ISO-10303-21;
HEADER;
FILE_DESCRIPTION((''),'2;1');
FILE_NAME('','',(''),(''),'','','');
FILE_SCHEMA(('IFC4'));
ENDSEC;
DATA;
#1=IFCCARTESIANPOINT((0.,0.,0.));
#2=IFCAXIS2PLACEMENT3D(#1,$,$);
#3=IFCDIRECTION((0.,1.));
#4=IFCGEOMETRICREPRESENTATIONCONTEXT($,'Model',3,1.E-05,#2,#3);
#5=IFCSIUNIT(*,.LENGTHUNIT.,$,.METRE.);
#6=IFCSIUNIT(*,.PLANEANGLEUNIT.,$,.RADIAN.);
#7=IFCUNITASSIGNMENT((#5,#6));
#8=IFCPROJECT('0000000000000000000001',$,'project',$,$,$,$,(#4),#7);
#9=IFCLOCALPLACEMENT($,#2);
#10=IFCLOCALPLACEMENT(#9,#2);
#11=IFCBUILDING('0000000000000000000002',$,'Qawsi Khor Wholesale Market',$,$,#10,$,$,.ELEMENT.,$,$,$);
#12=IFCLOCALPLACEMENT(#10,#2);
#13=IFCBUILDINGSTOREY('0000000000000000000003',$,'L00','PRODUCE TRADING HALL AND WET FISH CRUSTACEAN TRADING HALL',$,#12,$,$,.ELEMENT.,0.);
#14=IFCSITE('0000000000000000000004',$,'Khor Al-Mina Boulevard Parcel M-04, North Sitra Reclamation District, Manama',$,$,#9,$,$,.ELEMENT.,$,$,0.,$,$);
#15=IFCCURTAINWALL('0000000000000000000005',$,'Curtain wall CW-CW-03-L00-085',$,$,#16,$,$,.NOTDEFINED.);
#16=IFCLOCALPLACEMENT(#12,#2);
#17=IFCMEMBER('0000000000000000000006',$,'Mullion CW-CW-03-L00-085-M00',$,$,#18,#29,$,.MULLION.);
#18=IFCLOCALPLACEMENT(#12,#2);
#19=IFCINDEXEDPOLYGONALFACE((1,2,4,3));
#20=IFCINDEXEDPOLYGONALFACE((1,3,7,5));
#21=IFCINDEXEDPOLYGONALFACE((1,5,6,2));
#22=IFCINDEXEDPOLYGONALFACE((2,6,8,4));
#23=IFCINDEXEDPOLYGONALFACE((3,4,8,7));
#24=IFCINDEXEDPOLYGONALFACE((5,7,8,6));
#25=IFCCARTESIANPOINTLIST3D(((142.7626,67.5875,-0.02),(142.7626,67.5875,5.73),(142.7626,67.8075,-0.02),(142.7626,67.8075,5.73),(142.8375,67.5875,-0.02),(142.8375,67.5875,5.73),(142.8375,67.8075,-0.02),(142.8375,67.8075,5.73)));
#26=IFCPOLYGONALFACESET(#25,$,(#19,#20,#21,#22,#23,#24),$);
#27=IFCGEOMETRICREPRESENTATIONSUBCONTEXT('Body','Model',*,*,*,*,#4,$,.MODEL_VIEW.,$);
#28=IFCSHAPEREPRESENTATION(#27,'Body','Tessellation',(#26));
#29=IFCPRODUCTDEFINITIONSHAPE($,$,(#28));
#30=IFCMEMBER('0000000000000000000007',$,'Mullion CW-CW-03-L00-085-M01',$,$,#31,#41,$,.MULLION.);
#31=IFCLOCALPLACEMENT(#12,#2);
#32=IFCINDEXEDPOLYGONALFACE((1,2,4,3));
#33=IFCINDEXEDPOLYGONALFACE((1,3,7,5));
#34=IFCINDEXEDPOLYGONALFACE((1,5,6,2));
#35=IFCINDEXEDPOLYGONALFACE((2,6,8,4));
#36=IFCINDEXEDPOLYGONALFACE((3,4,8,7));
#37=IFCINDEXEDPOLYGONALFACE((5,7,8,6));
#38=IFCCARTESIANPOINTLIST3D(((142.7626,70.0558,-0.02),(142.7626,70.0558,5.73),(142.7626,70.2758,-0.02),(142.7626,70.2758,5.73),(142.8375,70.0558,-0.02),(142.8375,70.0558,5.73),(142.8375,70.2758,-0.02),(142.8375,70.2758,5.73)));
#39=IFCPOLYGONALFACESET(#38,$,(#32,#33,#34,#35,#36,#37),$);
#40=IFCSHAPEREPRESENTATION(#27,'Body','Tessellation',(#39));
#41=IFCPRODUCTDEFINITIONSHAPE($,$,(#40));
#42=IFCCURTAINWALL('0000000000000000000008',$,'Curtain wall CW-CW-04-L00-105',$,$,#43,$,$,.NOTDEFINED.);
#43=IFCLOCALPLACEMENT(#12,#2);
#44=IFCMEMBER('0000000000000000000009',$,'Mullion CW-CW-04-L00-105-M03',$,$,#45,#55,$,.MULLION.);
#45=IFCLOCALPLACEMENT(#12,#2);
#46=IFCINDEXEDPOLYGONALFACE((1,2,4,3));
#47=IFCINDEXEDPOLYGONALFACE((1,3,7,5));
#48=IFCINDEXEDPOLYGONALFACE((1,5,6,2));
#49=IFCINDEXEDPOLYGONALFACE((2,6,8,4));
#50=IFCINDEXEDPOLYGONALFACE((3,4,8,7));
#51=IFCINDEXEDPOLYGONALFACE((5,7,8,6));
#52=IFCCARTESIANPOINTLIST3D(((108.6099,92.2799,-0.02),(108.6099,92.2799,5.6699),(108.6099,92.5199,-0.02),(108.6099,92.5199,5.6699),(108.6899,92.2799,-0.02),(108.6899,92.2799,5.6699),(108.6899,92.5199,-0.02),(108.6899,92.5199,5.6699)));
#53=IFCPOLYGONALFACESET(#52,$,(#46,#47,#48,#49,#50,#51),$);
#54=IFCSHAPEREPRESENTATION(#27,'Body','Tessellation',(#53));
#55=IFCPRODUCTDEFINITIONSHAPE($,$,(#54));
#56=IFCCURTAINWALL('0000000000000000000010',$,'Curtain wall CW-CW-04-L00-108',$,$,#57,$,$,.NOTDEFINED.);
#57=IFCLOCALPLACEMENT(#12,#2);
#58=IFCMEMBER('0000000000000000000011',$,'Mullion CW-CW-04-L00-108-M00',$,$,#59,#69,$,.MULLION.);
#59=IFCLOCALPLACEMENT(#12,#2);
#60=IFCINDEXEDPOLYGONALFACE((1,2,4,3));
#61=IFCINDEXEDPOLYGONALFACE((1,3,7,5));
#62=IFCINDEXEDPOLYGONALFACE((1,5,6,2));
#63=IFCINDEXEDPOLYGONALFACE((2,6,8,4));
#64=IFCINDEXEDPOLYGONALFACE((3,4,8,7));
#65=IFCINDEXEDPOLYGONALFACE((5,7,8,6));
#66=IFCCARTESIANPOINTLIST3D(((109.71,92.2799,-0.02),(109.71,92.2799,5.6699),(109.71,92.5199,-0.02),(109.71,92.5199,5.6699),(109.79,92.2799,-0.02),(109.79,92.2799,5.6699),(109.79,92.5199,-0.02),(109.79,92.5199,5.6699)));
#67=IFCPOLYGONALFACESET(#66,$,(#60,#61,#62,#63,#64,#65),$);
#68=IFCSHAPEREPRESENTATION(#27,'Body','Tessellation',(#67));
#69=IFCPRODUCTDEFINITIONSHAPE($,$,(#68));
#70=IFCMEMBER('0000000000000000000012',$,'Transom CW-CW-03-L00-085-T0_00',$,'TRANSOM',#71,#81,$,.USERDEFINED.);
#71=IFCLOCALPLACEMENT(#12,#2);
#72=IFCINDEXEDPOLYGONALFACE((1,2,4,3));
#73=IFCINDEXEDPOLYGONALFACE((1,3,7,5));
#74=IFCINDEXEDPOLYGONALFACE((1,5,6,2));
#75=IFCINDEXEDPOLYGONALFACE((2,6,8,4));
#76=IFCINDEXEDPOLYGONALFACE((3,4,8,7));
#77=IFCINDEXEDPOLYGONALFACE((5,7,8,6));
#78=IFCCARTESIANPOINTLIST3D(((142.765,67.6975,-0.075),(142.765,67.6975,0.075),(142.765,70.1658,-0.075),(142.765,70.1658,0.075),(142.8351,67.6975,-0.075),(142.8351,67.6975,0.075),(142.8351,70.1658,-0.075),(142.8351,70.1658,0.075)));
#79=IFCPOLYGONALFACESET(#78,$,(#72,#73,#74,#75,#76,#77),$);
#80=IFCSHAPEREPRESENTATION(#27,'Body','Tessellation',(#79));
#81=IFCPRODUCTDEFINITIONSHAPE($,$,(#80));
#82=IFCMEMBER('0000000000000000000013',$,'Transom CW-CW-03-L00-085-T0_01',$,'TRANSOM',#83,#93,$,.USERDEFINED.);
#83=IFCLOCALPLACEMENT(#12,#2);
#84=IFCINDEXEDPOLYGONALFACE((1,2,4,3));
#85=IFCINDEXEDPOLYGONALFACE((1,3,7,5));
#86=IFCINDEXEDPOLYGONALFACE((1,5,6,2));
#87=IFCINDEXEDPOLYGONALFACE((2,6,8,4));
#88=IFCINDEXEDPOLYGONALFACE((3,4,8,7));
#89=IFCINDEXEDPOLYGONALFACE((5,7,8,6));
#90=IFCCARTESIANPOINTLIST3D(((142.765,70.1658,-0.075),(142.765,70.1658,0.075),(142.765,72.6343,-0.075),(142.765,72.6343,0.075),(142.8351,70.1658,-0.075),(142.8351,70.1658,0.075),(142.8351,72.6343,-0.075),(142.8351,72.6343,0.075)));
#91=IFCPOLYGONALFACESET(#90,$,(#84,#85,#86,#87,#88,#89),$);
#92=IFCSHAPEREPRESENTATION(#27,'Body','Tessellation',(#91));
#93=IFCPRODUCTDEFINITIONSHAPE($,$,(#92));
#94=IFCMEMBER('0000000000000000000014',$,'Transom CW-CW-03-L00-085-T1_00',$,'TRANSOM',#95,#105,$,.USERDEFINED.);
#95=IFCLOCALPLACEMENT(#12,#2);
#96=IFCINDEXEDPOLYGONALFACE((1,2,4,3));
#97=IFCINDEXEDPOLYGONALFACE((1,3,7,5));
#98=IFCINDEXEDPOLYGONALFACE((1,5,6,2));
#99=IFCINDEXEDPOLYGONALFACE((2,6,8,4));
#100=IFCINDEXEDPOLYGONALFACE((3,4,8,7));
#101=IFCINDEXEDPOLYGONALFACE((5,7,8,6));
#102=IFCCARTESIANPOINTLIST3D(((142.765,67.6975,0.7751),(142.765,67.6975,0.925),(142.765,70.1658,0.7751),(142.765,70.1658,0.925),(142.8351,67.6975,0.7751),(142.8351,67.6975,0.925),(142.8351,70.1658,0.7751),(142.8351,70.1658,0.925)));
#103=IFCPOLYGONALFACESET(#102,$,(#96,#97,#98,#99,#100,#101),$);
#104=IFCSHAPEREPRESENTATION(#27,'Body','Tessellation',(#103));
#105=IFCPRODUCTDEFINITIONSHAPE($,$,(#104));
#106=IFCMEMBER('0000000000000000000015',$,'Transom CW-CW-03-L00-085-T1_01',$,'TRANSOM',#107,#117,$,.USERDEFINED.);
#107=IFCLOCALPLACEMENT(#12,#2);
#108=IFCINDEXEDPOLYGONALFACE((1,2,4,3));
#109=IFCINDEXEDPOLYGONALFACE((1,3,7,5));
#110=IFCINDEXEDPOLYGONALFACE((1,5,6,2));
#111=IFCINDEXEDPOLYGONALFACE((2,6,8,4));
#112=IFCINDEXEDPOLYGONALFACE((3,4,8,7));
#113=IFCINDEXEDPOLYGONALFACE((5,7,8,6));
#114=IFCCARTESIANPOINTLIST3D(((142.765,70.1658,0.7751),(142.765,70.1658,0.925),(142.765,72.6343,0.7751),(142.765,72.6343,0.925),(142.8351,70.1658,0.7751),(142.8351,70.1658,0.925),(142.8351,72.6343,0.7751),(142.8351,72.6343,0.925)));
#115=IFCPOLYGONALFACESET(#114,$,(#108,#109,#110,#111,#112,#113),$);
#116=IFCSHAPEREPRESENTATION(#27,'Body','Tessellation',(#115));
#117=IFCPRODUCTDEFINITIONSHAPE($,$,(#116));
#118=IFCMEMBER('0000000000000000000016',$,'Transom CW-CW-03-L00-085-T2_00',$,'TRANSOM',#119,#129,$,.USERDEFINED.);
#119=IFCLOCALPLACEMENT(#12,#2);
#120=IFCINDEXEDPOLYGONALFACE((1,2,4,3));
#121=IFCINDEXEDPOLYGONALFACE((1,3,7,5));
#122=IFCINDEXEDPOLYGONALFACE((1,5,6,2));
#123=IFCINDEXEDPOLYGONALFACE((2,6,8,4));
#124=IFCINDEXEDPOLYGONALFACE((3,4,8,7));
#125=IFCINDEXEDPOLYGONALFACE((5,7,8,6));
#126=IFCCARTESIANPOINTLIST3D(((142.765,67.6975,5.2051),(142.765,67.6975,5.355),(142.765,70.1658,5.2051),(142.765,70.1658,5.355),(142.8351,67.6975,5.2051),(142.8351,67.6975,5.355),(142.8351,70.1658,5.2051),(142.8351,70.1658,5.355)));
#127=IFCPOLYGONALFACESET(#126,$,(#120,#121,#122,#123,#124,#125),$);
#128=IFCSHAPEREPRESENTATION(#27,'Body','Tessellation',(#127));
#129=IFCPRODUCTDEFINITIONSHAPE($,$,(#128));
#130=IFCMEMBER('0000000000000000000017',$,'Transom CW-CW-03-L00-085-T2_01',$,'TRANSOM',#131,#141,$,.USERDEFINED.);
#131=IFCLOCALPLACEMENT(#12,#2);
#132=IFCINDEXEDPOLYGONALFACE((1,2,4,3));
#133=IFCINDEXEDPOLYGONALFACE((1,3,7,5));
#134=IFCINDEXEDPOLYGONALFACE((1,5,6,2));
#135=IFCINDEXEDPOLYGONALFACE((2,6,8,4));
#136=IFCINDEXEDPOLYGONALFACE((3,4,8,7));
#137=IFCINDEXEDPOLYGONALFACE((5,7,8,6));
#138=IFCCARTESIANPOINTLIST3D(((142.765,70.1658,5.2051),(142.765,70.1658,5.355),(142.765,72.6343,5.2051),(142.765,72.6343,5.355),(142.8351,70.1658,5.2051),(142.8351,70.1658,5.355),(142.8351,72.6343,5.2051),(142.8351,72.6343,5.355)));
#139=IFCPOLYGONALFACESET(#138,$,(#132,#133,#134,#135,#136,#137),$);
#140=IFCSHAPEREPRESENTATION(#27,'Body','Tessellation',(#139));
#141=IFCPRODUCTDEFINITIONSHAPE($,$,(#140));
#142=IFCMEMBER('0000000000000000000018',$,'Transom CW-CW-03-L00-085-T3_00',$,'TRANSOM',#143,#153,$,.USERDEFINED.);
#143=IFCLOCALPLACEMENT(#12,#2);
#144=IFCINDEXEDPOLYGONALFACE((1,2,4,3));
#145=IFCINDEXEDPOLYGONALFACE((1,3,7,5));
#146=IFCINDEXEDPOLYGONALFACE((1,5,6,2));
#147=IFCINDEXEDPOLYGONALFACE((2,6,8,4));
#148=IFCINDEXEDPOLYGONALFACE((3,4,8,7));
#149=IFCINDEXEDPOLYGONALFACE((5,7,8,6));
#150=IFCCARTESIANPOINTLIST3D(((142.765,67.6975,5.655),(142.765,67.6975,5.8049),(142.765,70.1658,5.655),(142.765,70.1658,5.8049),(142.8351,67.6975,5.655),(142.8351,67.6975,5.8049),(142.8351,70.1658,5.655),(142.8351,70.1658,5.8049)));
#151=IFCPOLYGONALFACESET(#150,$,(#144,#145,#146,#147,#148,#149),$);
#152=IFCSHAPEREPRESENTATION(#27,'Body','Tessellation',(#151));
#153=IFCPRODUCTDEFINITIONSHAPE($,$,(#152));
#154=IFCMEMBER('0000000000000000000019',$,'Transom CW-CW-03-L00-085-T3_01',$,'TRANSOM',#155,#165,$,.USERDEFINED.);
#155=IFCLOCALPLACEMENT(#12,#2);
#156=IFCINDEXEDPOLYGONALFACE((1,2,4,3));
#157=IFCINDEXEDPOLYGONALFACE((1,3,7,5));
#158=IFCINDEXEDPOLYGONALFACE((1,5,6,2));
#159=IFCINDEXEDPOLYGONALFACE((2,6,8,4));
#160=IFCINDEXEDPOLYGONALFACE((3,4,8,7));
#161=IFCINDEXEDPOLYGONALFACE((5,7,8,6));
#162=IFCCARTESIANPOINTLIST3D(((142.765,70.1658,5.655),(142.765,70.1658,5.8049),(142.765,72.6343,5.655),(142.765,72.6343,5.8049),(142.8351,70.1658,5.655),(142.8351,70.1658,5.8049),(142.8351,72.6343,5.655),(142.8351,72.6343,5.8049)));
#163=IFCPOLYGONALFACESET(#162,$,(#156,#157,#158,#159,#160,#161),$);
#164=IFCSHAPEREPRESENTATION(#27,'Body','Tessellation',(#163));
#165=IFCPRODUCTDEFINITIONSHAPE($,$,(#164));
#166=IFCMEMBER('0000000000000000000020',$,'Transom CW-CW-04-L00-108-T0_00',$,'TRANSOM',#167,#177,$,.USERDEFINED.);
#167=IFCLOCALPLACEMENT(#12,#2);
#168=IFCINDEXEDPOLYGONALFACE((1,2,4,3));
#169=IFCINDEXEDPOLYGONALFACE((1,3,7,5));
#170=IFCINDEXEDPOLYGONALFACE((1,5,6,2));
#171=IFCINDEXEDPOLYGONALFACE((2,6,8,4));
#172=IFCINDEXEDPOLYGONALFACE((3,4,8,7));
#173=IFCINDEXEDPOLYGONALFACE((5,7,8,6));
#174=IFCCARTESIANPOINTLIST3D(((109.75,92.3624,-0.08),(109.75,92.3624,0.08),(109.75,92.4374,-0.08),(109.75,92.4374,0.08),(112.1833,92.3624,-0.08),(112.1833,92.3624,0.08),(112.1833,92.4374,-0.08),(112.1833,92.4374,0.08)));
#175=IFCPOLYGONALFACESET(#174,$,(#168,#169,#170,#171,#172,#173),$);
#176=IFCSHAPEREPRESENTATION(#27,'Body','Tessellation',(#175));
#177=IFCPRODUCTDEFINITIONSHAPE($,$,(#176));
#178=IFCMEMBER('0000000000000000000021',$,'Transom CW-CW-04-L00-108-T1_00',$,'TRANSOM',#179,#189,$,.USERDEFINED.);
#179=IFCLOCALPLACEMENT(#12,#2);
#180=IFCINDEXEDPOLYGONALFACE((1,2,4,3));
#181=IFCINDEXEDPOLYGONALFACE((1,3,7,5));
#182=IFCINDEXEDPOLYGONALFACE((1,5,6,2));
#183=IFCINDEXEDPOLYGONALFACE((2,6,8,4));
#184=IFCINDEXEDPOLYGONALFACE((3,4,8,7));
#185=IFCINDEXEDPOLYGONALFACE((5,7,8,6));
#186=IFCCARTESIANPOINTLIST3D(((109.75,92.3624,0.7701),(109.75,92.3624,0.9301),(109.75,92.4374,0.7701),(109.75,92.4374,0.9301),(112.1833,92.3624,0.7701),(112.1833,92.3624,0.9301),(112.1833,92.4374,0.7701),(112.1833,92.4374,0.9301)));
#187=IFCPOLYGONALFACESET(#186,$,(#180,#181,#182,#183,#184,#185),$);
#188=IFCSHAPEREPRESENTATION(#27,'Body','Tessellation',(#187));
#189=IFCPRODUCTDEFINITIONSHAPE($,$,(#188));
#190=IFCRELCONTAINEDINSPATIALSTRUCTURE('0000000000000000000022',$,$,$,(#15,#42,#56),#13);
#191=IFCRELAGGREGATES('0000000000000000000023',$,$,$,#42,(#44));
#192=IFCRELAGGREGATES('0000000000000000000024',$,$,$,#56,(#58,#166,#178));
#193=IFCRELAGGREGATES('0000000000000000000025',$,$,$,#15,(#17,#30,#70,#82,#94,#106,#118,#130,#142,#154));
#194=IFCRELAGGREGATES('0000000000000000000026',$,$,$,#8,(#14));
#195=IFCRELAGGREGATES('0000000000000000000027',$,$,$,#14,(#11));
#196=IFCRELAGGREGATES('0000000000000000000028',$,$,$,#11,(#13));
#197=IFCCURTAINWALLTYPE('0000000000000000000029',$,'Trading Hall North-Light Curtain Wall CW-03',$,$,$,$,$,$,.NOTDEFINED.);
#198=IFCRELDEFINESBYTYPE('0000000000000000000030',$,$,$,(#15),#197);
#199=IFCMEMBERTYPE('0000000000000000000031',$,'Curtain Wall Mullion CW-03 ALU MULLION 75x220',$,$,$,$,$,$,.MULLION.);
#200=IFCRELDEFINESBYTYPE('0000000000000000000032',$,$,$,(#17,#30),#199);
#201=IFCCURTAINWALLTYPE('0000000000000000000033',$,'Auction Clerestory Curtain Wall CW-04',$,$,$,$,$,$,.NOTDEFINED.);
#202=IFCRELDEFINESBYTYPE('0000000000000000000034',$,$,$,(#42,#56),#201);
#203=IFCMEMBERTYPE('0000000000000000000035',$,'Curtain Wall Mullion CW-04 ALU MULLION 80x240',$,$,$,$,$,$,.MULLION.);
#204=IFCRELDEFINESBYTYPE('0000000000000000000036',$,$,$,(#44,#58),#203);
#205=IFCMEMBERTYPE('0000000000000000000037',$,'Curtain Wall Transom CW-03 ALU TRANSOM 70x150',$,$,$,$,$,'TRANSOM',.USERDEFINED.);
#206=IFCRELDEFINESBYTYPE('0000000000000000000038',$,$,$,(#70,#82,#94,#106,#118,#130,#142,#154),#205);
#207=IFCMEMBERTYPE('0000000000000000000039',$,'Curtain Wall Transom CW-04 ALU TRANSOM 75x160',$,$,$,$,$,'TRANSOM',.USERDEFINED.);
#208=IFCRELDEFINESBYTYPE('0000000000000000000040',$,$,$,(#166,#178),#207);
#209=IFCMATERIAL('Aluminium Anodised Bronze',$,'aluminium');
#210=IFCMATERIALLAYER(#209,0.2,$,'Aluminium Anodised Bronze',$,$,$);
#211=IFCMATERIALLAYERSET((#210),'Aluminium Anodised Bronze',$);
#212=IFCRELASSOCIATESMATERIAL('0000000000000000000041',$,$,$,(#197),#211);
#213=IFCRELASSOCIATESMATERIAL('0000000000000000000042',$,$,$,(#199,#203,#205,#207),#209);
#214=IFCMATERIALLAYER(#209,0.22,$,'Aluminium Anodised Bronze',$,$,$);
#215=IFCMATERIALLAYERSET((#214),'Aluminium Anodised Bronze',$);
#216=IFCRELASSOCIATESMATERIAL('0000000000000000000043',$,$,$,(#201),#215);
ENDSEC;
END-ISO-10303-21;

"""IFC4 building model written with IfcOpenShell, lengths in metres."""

from ifc_helpers import new_model, si_unit, direction, frame, origin, origin_2d, place, context, subcontext, project, spatial, rectangle, extrude, material, layer, layer_set, material_profile, profile_set, type_object, element, aggregate, save


model = new_model("IFC4")

# Units and contexts
model_context = context("Model", 3, precision=1e-05, world=origin(), true_north=direction((0.0, 1.0)))
body_context = subcontext(model_context, "Body", "Model", "MODEL_VIEW")
ifc_project = project(units=[si_unit("LENGTHUNIT", "METRE"), si_unit("PLANEANGLEUNIT", "RADIAN")], contexts=[model_context])

# Site, building, storey
site_placement = place(None, origin())
site = spatial("IfcSite", under=ifc_project, at=site_placement, Name="Khor Al-Mina Boulevard Parcel M-04, North Sitra Reclamation District, Manama", CompositionType="ELEMENT", RefElevation=0.0)
building_placement = place(site_placement, origin())
building = spatial("IfcBuilding", under=site, at=building_placement, Name="Qawsi Khor Wholesale Market", CompositionType="ELEMENT")
storey_placement = place(building_placement, origin())
storey = spatial("IfcBuildingStorey", under=building, at=storey_placement, Name="L00", Description="PRODUCE TRADING HALL AND WET FISH CRUSTACEAN TRADING HALL", CompositionType="ELEMENT", Elevation=0.0)

# Curtain wall, members
ifc_material_1 = material(Name="Aluminium Anodised Bronze", Category="aluminium")
ifc_layer_1 = layer(ifc_material_1, 0.2, Name="Aluminium Anodised Bronze")
ifc_layer_set_1 = layer_set([ifc_layer_1], Name="Aluminium Anodised Bronze")
curtain_wall_type_1 = type_object("IfcCurtainWallType", Name="Trading Hall North-Light Curtain Wall CW-03", PredefinedType="NOTDEFINED", material=ifc_layer_set_1)
curtain_wall_1_placement = place(storey_placement, origin())
curtain_wall_1 = element("IfcCurtainWall", 1, at=curtain_wall_1_placement, inside=storey, type_object=curtain_wall_type_1, Name="Curtain wall CW-CW-03-L00-085", PredefinedType="NOTDEFINED")
ifc_material_profile_1 = material_profile(ifc_material_1, rectangle(XDim=0.075, YDim=0.22, at=origin_2d()), Name="ALU MULLION 75x220")
ifc_profile_set_1 = profile_set([ifc_material_profile_1], Name="Aluminium Anodised Bronze")
member_type_1 = type_object("IfcMemberType", Name="Curtain Wall Mullion CW-03 ALU MULLION 75x220", PredefinedType="MULLION", material=ifc_profile_set_1)
member_1_placement = place(storey_placement, frame((142.8, 67.6975, -0.02), z_axis=(0.0, 0.0, 1.0), x_axis=(1.0, 0.0, 0.0)))
member_1 = element("IfcMember", 2, at=member_1_placement, type_object=member_type_1, Name="Mullion CW-CW-03-L00-085-M00", PredefinedType="MULLION", context=body_context, shape_type="SweptSolid", body=[
    extrude(rectangle(XDim=0.075, YDim=0.22, at=origin_2d()), origin(), (0.0, 0.0, 1.0), 5.75),
])
member_2_placement = place(storey_placement, frame((142.8, 70.1658, -0.02), z_axis=(0.0, 0.0, 1.0), x_axis=(1.0, 0.0, 0.0)))
member_2 = element("IfcMember", 3, at=member_2_placement, type_object=member_type_1, Name="Mullion CW-CW-03-L00-085-M01", PredefinedType="MULLION", context=body_context, shape_type="SweptSolid", body=[
    extrude(rectangle(XDim=0.075, YDim=0.22, at=origin_2d()), origin(), (0.0, 0.0, 1.0), 5.75),
])

# Curtain walls, members
ifc_layer_2 = layer(ifc_material_1, 0.22, Name="Aluminium Anodised Bronze")
ifc_layer_set_2 = layer_set([ifc_layer_2], Name="Aluminium Anodised Bronze")
curtain_wall_type_2 = type_object("IfcCurtainWallType", Name="Auction Clerestory Curtain Wall CW-04", PredefinedType="NOTDEFINED", material=ifc_layer_set_2)
curtain_wall_2_placement = place(storey_placement, origin())
curtain_wall_2 = element("IfcCurtainWall", 4, at=curtain_wall_2_placement, inside=storey, type_object=curtain_wall_type_2, Name="Curtain wall CW-CW-04-L00-105", PredefinedType="NOTDEFINED")
ifc_material_profile_2 = material_profile(ifc_material_1, rectangle(XDim=0.0801, YDim=0.24, at=origin_2d()), Name="ALU MULLION 80x240")
ifc_profile_set_2 = profile_set([ifc_material_profile_2], Name="Aluminium Anodised Bronze")
member_type_2 = type_object("IfcMemberType", Name="Curtain Wall Mullion CW-04 ALU MULLION 80x240", PredefinedType="MULLION", material=ifc_profile_set_2)
member_3_placement = place(storey_placement, frame((108.6499, 92.3999, -0.02), z_axis=(0.0, 0.0, 1.0), x_axis=(1.0, 0.0, 0.0)))
member_3 = element("IfcMember", 5, at=member_3_placement, type_object=member_type_2, Name="Mullion CW-CW-04-L00-105-M03", PredefinedType="MULLION", context=body_context, shape_type="SweptSolid", body=[
    extrude(rectangle(XDim=0.0801, YDim=0.24, at=origin_2d()), origin(), (0.0, 0.0, 1.0), 5.6899),
])
aggregate(curtain_wall_2, [member_3])
curtain_wall_3_placement = place(storey_placement, origin())
curtain_wall_3 = element("IfcCurtainWall", 6, at=curtain_wall_3_placement, inside=storey, type_object=curtain_wall_type_2, Name="Curtain wall CW-CW-04-L00-108", PredefinedType="NOTDEFINED")
member_4_placement = place(storey_placement, frame((109.75, 92.3999, -0.02), z_axis=(0.0, 0.0, 1.0), x_axis=(1.0, 0.0, 0.0)))
member_4 = element("IfcMember", 7, at=member_4_placement, type_object=member_type_2, Name="Mullion CW-CW-04-L00-108-M00", PredefinedType="MULLION", context=body_context, shape_type="SweptSolid", body=[
    extrude(rectangle(XDim=0.0801, YDim=0.24, at=origin_2d()), origin(), (0.0, 0.0, 1.0), 5.6899),
])

# Members
ifc_material_profile_3 = material_profile(ifc_material_1, rectangle(XDim=0.0701, YDim=0.1499, at=origin_2d()), Name="ALU TRANSOM 70x150")
ifc_profile_set_3 = profile_set([ifc_material_profile_3], Name="Aluminium Anodised Bronze")
member_type_3 = type_object("IfcMemberType", Name="Curtain Wall Transom CW-03 ALU TRANSOM 70x150", ElementType="TRANSOM", PredefinedType="USERDEFINED", material=ifc_profile_set_3)
member_5_placement = place(storey_placement, frame((142.8, 67.6975, 0.0), z_axis=(0.0, 1.0, 0.0), x_axis=(-1.0, 0.0, 0.0)))
member_5 = element("IfcMember", 8, at=member_5_placement, type_object=member_type_3, Name="Transom CW-CW-03-L00-085-T0_00", ObjectType="TRANSOM", PredefinedType="USERDEFINED", context=body_context, shape_type="SweptSolid", body=[
    extrude(rectangle(XDim=0.0701, YDim=0.1499, at=origin_2d()), origin(), (0.0, 0.0, 1.0), 2.4683),
])
member_6_placement = place(storey_placement, frame((142.8, 70.1658, 0.0), z_axis=(0.0, 1.0, 0.0), x_axis=(-1.0, 0.0, 0.0)))
member_6 = element("IfcMember", 9, at=member_6_placement, type_object=member_type_3, Name="Transom CW-CW-03-L00-085-T0_01", ObjectType="TRANSOM", PredefinedType="USERDEFINED", context=body_context, shape_type="SweptSolid", body=[
    extrude(rectangle(XDim=0.0701, YDim=0.1499, at=origin_2d()), origin(), (0.0, 0.0, 1.0), 2.4685),
])
member_7_placement = place(storey_placement, frame((142.8, 67.6975, 0.8501), z_axis=(0.0, 1.0, 0.0), x_axis=(-1.0, 0.0, 0.0)))
member_7 = element("IfcMember", 10, at=member_7_placement, type_object=member_type_3, Name="Transom CW-CW-03-L00-085-T1_00", ObjectType="TRANSOM", PredefinedType="USERDEFINED", context=body_context, shape_type="SweptSolid", body=[
    extrude(rectangle(XDim=0.0701, YDim=0.1499, at=origin_2d()), origin(), (0.0, 0.0, 1.0), 2.4683),
])
member_8_placement = place(storey_placement, frame((142.8, 70.1658, 0.8501), z_axis=(0.0, 1.0, 0.0), x_axis=(-1.0, 0.0, 0.0)))
member_8 = element("IfcMember", 11, at=member_8_placement, type_object=member_type_3, Name="Transom CW-CW-03-L00-085-T1_01", ObjectType="TRANSOM", PredefinedType="USERDEFINED", context=body_context, shape_type="SweptSolid", body=[
    extrude(rectangle(XDim=0.0701, YDim=0.1499, at=origin_2d()), origin(), (0.0, 0.0, 1.0), 2.4685),
])
member_9_placement = place(storey_placement, frame((142.8, 67.6975, 5.28), z_axis=(0.0, 1.0, 0.0), x_axis=(-1.0, 0.0, 0.0)))
member_9 = element("IfcMember", 12, at=member_9_placement, type_object=member_type_3, Name="Transom CW-CW-03-L00-085-T2_00", ObjectType="TRANSOM", PredefinedType="USERDEFINED", context=body_context, shape_type="SweptSolid", body=[
    extrude(rectangle(XDim=0.0701, YDim=0.1499, at=origin_2d()), origin(), (0.0, 0.0, 1.0), 2.4683),
])
member_10_placement = place(storey_placement, frame((142.8, 70.1658, 5.28), z_axis=(0.0, 1.0, 0.0), x_axis=(-1.0, 0.0, 0.0)))
member_10 = element("IfcMember", 13, at=member_10_placement, type_object=member_type_3, Name="Transom CW-CW-03-L00-085-T2_01", ObjectType="TRANSOM", PredefinedType="USERDEFINED", context=body_context, shape_type="SweptSolid", body=[
    extrude(rectangle(XDim=0.0701, YDim=0.1499, at=origin_2d()), origin(), (0.0, 0.0, 1.0), 2.4685),
])
member_11_placement = place(storey_placement, frame((142.8, 67.6975, 5.73), z_axis=(0.0, 1.0, 0.0), x_axis=(-1.0, 0.0, 0.0)))
member_11 = element("IfcMember", 14, at=member_11_placement, type_object=member_type_3, Name="Transom CW-CW-03-L00-085-T3_00", ObjectType="TRANSOM", PredefinedType="USERDEFINED", context=body_context, shape_type="SweptSolid", body=[
    extrude(rectangle(XDim=0.0701, YDim=0.1499, at=origin_2d()), origin(), (0.0, 0.0, 1.0), 2.4683),
])
member_12_placement = place(storey_placement, frame((142.8, 70.1658, 5.73), z_axis=(0.0, 1.0, 0.0), x_axis=(-1.0, 0.0, 0.0)))
member_12 = element("IfcMember", 15, at=member_12_placement, type_object=member_type_3, Name="Transom CW-CW-03-L00-085-T3_01", ObjectType="TRANSOM", PredefinedType="USERDEFINED", context=body_context, shape_type="SweptSolid", body=[
    extrude(rectangle(XDim=0.0701, YDim=0.1499, at=origin_2d()), origin(), (0.0, 0.0, 1.0), 2.4685),
])
ifc_material_profile_4 = material_profile(ifc_material_1, rectangle(XDim=0.075, YDim=0.1599, at=origin_2d()), Name="ALU TRANSOM 75x160")
ifc_profile_set_4 = profile_set([ifc_material_profile_4], Name="Aluminium Anodised Bronze")
member_type_4 = type_object("IfcMemberType", Name="Curtain Wall Transom CW-04 ALU TRANSOM 75x160", ElementType="TRANSOM", PredefinedType="USERDEFINED", material=ifc_profile_set_4)
member_13_placement = place(storey_placement, frame((109.75, 92.3999, 0.0), z_axis=(1.0, 0.0, 0.0), x_axis=(0.0, 1.0, 0.0)))
member_13 = element("IfcMember", 16, at=member_13_placement, type_object=member_type_4, Name="Transom CW-CW-04-L00-108-T0_00", ObjectType="TRANSOM", PredefinedType="USERDEFINED", context=body_context, shape_type="SweptSolid", body=[
    extrude(rectangle(XDim=0.075, YDim=0.1599, at=origin_2d()), origin(), (0.0, 0.0, 1.0), 2.4333),
])
member_14_placement = place(storey_placement, frame((109.75, 92.3999, 0.8501), z_axis=(1.0, 0.0, 0.0), x_axis=(0.0, 1.0, 0.0)))
member_14 = element("IfcMember", 17, at=member_14_placement, type_object=member_type_4, Name="Transom CW-CW-04-L00-108-T1_00", ObjectType="TRANSOM", PredefinedType="USERDEFINED", context=body_context, shape_type="SweptSolid", body=[
    extrude(rectangle(XDim=0.075, YDim=0.1599, at=origin_2d()), origin(), (0.0, 0.0, 1.0), 2.4333),
])

aggregate(curtain_wall_3, [member_4, member_13, member_14])
aggregate(curtain_wall_1, [member_1, member_2, member_5, member_6, member_7, member_8, member_9, member_10, member_11, member_12])

save(model, "model.ifc")
